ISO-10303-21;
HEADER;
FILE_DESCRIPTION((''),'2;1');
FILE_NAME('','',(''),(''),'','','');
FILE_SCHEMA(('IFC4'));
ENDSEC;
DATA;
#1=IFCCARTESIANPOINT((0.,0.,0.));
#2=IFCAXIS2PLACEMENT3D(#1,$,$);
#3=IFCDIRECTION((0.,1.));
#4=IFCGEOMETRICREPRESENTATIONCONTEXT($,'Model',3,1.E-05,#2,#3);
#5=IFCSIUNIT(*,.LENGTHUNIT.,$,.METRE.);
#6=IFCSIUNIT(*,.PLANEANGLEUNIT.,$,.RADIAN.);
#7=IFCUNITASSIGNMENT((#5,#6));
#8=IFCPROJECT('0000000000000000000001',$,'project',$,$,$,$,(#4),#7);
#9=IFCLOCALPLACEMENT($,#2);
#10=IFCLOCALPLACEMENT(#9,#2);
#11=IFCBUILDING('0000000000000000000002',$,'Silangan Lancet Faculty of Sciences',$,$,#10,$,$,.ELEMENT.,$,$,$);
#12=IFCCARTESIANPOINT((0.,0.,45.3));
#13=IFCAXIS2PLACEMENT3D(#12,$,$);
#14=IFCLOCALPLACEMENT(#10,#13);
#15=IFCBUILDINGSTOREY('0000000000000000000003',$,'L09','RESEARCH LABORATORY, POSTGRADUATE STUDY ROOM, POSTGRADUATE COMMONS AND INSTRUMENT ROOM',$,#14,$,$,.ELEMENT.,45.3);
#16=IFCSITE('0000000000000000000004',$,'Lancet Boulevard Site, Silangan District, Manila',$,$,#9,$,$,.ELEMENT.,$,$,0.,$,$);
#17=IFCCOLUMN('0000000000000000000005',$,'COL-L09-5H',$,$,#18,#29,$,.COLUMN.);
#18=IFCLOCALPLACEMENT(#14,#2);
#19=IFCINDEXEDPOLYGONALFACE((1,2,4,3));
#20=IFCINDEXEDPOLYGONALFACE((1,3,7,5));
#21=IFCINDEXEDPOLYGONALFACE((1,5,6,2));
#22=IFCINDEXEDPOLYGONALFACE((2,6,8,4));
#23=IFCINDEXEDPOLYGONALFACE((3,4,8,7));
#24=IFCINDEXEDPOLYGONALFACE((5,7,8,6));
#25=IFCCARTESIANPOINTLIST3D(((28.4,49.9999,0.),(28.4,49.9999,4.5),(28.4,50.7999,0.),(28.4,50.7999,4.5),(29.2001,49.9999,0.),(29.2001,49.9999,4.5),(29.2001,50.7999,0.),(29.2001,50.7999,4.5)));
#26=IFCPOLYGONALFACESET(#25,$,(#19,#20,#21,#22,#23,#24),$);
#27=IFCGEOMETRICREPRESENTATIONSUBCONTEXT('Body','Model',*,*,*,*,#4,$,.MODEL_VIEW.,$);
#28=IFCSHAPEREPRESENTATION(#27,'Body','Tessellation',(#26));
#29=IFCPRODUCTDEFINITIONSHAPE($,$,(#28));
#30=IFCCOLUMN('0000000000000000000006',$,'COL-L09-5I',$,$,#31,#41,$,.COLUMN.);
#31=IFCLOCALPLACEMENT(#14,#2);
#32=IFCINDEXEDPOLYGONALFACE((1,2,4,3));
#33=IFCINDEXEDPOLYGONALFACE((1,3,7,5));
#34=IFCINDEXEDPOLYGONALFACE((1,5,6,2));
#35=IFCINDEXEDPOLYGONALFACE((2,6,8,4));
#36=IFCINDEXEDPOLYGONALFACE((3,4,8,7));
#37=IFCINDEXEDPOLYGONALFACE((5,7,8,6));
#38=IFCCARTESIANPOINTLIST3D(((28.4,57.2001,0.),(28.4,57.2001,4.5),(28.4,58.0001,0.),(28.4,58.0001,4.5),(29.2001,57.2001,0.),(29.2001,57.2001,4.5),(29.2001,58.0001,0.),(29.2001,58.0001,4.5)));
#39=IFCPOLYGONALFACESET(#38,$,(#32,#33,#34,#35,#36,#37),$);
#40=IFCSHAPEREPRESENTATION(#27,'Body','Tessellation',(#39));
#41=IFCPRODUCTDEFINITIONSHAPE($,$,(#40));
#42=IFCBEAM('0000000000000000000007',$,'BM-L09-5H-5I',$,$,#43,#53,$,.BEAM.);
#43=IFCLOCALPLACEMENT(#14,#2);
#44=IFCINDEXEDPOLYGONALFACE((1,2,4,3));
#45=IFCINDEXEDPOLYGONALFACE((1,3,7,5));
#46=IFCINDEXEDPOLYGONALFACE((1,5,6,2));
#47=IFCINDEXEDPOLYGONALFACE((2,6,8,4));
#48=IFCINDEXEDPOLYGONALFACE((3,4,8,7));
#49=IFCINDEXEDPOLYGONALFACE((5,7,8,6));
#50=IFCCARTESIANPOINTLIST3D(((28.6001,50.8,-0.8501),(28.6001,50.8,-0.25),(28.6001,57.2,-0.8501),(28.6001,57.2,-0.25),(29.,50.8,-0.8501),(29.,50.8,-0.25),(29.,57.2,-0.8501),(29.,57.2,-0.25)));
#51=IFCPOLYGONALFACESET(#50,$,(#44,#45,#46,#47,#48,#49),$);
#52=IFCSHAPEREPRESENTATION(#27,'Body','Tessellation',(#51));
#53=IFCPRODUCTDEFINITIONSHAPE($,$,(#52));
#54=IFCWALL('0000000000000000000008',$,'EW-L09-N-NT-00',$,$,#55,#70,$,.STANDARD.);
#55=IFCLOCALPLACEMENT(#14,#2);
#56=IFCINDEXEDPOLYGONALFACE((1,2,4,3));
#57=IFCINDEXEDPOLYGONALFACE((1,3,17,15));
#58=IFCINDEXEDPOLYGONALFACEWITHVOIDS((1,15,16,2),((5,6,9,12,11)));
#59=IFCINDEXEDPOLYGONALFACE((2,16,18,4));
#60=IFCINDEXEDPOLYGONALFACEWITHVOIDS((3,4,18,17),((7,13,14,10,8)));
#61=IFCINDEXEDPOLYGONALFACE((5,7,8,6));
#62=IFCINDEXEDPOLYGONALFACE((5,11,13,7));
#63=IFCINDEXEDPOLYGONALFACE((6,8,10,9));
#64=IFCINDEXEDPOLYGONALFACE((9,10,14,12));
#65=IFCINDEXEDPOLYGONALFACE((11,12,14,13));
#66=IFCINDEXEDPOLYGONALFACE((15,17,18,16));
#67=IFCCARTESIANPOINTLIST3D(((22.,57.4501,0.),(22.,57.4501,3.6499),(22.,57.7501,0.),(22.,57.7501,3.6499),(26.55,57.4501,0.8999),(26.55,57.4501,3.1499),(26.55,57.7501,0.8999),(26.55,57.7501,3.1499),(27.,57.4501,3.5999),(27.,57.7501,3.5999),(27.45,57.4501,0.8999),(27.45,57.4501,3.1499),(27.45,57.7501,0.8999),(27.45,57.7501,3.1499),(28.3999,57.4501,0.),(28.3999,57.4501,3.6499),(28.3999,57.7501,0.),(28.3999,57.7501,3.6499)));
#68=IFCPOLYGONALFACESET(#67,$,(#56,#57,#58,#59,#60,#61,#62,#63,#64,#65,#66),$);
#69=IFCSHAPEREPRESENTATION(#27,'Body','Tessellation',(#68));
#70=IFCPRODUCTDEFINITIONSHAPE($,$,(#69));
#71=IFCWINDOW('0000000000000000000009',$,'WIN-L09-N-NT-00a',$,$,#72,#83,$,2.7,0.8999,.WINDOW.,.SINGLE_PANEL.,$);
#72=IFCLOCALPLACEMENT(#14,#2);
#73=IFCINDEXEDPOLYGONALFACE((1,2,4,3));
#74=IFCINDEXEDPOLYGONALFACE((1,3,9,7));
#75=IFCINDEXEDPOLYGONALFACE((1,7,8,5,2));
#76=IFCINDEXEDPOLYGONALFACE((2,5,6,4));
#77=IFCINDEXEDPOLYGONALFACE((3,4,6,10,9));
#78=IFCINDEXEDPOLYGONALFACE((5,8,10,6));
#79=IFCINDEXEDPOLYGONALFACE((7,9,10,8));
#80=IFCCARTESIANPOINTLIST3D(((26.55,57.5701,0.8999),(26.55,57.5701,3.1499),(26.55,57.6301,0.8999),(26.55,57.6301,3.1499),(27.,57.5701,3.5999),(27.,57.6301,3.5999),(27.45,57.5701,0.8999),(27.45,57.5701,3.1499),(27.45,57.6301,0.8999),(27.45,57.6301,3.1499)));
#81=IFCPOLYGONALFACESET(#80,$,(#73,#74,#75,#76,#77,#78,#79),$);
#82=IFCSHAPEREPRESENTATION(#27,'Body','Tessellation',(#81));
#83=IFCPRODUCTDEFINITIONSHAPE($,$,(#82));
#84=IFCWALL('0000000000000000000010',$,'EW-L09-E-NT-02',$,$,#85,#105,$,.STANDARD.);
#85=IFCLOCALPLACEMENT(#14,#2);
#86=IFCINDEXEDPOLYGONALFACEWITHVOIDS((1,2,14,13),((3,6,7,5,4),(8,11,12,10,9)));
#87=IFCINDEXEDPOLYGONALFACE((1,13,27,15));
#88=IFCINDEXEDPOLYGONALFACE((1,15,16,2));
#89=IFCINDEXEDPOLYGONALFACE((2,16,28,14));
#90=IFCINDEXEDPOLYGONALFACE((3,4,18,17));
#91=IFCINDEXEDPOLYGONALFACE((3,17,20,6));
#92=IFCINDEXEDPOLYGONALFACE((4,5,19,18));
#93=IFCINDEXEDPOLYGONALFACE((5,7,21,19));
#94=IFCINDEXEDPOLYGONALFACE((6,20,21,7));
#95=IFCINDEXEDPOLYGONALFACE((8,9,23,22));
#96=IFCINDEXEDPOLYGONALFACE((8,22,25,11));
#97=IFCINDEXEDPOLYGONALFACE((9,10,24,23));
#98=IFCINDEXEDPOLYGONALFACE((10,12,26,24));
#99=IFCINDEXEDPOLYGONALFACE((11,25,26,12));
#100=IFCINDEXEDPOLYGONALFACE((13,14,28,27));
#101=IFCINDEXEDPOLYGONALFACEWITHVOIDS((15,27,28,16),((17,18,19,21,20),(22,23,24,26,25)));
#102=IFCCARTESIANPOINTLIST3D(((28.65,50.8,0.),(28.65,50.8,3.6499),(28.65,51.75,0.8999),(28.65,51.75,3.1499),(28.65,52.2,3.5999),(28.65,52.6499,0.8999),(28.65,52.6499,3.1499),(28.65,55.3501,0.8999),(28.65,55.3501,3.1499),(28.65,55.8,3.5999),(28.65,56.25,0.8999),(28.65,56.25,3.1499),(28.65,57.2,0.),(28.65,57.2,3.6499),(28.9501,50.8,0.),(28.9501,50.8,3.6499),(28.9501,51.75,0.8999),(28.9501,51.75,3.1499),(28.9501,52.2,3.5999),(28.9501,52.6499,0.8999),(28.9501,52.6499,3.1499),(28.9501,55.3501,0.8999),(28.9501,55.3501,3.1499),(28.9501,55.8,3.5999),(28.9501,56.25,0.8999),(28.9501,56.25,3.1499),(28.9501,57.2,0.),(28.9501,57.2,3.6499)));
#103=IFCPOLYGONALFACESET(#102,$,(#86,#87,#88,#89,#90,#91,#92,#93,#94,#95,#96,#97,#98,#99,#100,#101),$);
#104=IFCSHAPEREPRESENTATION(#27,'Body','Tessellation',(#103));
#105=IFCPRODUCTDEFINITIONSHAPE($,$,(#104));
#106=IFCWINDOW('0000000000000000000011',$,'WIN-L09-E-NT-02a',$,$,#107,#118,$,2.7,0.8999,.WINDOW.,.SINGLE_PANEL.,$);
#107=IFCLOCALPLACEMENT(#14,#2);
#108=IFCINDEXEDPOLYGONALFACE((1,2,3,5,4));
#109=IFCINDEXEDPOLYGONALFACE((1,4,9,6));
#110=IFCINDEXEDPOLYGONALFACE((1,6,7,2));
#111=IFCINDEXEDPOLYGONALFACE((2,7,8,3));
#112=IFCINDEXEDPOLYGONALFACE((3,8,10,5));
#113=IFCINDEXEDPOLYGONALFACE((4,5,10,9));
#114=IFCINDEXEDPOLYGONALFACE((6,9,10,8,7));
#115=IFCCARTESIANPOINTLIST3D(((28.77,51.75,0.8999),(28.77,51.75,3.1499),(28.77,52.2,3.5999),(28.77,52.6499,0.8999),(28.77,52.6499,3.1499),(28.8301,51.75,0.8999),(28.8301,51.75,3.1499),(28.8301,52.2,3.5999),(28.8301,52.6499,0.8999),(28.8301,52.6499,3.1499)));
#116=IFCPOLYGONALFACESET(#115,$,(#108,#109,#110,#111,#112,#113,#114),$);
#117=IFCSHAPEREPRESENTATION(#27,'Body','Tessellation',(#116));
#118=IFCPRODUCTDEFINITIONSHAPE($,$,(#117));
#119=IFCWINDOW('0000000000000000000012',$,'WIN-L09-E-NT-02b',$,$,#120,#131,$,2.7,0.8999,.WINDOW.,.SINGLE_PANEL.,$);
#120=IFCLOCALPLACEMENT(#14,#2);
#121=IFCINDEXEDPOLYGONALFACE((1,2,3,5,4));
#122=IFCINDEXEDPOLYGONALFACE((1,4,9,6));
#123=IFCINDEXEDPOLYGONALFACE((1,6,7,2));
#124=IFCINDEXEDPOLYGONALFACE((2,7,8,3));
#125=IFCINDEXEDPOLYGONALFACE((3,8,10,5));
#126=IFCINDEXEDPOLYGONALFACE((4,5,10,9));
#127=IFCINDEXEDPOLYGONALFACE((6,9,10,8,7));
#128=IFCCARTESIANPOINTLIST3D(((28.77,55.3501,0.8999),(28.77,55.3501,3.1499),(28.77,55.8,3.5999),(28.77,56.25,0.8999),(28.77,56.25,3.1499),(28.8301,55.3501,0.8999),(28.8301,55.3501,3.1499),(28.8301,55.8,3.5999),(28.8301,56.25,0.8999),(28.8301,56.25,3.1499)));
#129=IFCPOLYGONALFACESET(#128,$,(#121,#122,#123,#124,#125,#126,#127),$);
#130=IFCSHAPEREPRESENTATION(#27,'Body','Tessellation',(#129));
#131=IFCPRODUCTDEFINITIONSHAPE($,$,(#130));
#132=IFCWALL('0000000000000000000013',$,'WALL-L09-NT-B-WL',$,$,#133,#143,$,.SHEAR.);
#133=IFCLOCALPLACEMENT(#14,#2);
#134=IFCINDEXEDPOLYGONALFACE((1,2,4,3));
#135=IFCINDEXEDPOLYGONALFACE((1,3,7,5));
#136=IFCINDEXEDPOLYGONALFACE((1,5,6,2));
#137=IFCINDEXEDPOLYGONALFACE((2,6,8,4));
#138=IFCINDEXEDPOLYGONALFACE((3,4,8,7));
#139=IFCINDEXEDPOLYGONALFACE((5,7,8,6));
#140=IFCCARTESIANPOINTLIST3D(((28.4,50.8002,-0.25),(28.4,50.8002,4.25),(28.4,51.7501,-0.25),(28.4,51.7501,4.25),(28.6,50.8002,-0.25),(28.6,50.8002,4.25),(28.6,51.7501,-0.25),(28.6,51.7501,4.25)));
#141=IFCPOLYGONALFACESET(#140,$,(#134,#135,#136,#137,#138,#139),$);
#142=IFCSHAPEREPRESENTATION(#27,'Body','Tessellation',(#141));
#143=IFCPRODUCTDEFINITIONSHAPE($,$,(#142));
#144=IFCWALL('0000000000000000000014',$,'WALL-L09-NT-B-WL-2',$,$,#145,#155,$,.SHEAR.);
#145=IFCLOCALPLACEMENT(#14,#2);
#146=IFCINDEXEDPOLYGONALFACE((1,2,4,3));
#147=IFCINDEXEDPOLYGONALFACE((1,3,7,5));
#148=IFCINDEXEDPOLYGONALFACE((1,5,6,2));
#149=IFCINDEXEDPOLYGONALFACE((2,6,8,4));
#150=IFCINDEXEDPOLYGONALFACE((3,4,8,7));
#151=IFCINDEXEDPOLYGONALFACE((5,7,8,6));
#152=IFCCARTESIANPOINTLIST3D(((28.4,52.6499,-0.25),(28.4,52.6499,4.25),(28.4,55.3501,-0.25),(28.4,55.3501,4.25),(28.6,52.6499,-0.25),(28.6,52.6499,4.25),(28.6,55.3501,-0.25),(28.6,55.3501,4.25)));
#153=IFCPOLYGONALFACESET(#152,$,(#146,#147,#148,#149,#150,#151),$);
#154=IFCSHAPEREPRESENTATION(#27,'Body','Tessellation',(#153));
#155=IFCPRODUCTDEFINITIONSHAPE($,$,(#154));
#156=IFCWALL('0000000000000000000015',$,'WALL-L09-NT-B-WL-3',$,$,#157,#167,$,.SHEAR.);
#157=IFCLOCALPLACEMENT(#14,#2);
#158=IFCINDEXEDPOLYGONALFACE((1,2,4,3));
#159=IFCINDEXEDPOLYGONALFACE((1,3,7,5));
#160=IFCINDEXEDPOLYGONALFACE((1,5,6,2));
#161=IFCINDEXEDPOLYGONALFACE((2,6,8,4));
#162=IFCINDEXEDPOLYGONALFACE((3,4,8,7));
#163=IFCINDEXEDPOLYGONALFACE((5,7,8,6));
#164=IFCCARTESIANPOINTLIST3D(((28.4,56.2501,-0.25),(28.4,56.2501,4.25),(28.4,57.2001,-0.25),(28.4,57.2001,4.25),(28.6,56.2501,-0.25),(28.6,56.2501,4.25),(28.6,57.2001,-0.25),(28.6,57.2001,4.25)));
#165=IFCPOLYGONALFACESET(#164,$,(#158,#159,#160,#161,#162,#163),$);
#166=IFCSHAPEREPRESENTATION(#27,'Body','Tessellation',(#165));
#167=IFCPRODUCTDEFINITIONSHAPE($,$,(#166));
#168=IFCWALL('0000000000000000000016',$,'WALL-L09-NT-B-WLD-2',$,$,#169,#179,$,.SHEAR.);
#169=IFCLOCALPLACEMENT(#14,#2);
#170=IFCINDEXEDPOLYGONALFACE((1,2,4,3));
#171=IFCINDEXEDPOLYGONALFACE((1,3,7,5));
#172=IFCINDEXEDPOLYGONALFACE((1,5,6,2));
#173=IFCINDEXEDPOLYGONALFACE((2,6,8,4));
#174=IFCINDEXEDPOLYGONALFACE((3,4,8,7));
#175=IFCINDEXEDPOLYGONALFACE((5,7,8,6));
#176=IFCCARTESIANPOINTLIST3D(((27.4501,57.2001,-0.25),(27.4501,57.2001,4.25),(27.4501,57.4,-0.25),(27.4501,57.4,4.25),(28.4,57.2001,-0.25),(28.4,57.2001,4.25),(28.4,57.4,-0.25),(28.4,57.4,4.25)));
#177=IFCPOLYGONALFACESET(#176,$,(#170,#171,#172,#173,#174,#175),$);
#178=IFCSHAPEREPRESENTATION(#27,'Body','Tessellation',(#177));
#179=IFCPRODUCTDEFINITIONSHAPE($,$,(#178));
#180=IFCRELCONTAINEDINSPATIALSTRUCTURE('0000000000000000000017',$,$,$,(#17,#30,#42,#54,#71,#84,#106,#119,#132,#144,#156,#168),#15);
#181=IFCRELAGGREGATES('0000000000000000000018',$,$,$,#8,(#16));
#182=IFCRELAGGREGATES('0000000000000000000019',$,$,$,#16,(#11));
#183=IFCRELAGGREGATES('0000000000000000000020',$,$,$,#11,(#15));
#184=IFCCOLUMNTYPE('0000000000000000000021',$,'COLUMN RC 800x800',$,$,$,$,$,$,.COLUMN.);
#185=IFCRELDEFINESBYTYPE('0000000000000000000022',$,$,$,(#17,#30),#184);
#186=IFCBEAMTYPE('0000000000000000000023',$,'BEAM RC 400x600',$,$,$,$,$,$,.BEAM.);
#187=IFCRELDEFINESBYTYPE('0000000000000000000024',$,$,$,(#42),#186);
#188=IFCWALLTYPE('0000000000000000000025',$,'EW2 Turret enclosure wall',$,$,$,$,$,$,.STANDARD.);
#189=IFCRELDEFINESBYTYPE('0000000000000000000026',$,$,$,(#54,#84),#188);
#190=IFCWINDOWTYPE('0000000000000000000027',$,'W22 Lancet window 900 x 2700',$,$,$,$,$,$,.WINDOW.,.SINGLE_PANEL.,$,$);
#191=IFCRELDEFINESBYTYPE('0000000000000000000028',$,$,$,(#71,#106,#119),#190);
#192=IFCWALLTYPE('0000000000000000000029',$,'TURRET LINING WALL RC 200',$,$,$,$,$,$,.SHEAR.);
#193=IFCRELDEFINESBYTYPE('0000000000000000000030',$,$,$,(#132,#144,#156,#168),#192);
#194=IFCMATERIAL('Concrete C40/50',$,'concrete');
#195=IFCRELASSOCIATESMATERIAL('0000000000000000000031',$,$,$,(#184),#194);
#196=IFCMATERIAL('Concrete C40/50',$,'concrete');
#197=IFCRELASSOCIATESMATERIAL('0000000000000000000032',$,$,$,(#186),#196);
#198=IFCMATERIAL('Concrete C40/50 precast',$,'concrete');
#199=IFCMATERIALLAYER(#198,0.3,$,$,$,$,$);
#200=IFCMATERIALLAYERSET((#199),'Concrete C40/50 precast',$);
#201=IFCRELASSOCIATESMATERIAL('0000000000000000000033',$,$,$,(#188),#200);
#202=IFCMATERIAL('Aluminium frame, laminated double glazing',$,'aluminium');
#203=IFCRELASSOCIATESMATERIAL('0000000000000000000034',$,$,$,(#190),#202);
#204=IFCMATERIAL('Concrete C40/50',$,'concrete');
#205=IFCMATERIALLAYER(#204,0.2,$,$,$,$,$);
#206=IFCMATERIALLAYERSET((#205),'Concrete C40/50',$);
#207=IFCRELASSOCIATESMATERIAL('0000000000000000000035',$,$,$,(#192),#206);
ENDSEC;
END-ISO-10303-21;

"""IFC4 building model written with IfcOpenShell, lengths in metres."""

from ifc_helpers import new_model, si_unit, direction, frame, frame_2d, origin, origin_2d, place, context, subcontext, project, spatial, polyline, rectangle, outline, extrude, material, layer, layer_set, material_profile, profile_set, type_object, element, fill, save


model = new_model("IFC4")

# Units and contexts
model_context = context("Model", 3, precision=1e-05, world=origin(), true_north=direction((0.0, 1.0)))
body_context = subcontext(model_context, "Body", "Model", "MODEL_VIEW")
ifc_project = project(units=[si_unit("LENGTHUNIT", "METRE"), si_unit("PLANEANGLEUNIT", "RADIAN")], contexts=[model_context])

# Site, building, storey
site_placement = place(None, origin())
site = spatial("IfcSite", under=ifc_project, at=site_placement, Name="Lancet Boulevard Site, Silangan District, Manila", CompositionType="ELEMENT", RefElevation=0.0)
building_placement = place(site_placement, origin())
building = spatial("IfcBuilding", under=site, at=building_placement, Name="Silangan Lancet Faculty of Sciences", CompositionType="ELEMENT")
storey_placement = place(building_placement, frame((0.0, 0.0, 45.3)))
storey = spatial("IfcBuildingStorey", under=building, at=storey_placement, Name="L09", Description="RESEARCH LABORATORY, POSTGRADUATE STUDY ROOM, POSTGRADUATE COMMONS AND INSTRUMENT ROOM", CompositionType="ELEMENT", Elevation=45.3)

# Columns
ifc_material_1 = material(Name="Concrete C40/50", Category="concrete")
ifc_material_profile_1 = material_profile(ifc_material_1, rectangle(XDim=0.8, YDim=0.8, at=origin_2d()), Name="RC 800x800")
ifc_profile_set_1 = profile_set([ifc_material_profile_1], Name="Concrete C40/50")
column_type = type_object("IfcColumnType", Name="COLUMN RC 800x800", PredefinedType="COLUMN", material=ifc_profile_set_1)
for number, where, z_axis, x_axis, name in (
    (1, (28.8, 50.3999, 0.0), (0.0, 0.0, 1.0), (1.0, 0.0, 0.0), "COL-L09-5H"),
    (2, (28.8, 57.6001, 0.0), (0.0, 0.0, 1.0), (1.0, 0.0, 0.0), "COL-L09-5I"),
):
    element("IfcColumn", number, at=place(storey_placement, frame(where, z_axis=z_axis, x_axis=x_axis)), inside=storey, type_object=column_type, Name=name, PredefinedType="COLUMN", context=body_context, shape_type="SweptSolid", body=[
        extrude(rectangle(XDim=0.8, YDim=0.8, at=origin_2d()), origin(), (0.0, 0.0, 1.0), 4.5),
    ])

# Beam
ifc_material_2 = material(Name="Concrete C40/50", Category="concrete")
ifc_material_profile_2 = material_profile(ifc_material_2, rectangle(XDim=0.3999, YDim=0.6001, at=origin_2d()), Name="RC 400x600")
ifc_profile_set_2 = profile_set([ifc_material_profile_2], Name="Concrete C40/50")
beam_type = type_object("IfcBeamType", Name="BEAM RC 400x600", PredefinedType="BEAM", material=ifc_profile_set_2)
beam_placement = place(storey_placement, frame((28.8, 50.8, -0.55), z_axis=(0.0, 1.0, 0.0), x_axis=(-1.0, 0.0, 0.0)))
element("IfcBeam", 3, at=beam_placement, inside=storey, type_object=beam_type, Name="BM-L09-5H-5I", PredefinedType="BEAM", context=body_context, shape_type="SweptSolid", body=[
    extrude(rectangle(XDim=0.3999, YDim=0.6001, at=origin_2d()), origin(), (0.0, 0.0, 1.0), 6.3999),
])

# Wall, opening, window
ifc_material_3 = material(Name="Concrete C40/50 precast", Category="concrete")
ifc_layer_1 = layer(ifc_material_3, 0.3)
ifc_layer_set_1 = layer_set([ifc_layer_1], Name="Concrete C40/50 precast")
wall_type_1 = type_object("IfcWallType", Name="EW2 Turret enclosure wall", PredefinedType="STANDARD", material=ifc_layer_set_1)
wall_1_placement = place(storey_placement, frame((28.3999, 57.6001, 0.0), z_axis=(0.0, 0.0, 1.0), x_axis=(-1.0, 0.0, 0.0)))
wall_1 = element("IfcWall", 4, at=wall_1_placement, inside=storey, type_object=wall_type_1, Name="EW-L09-N-NT-00", PredefinedType="STANDARD", context=body_context, shape_type="SweptSolid", body=[
    extrude(rectangle(XDim=6.3999, YDim=0.3, at=frame_2d((3.2, 0.0))), origin(), (0.0, 0.0, 1.0), 3.6499),
])
opening_1_placement = place(wall_1_placement, frame((0.95, 0.0, 0.8999)))
opening_1 = element("IfcOpeningElement", 5, at=opening_1_placement, cuts=wall_1, PredefinedType="OPENING", context=body_context, shape_type="SweptSolid", body=[
    extrude(outline(polyline([(0.0, 0.0), (0.8999, 0.0), (0.8999, 2.25), (0.45, 2.7), (0.0, 2.25), (0.0, 0.0)])), frame((0.0, 0.1599, 0.0), z_axis=(0.0, -1.0, 0.0), x_axis=(1.0, 0.0, 0.0)), (0.0, 0.0, 1.0), 0.3201),
])
ifc_material_4 = material(Name="Aluminium frame, laminated double glazing", Category="aluminium")
window_type = type_object("IfcWindowType", Name="W22 Lancet window 900 x 2700", PartitioningType="SINGLE_PANEL", PredefinedType="WINDOW", material=ifc_material_4)
window_1_placement = place(opening_1_placement, origin())
window_1 = element("IfcWindow", 6, at=window_1_placement, inside=storey, type_object=window_type, Name="WIN-L09-N-NT-00a", OverallHeight=2.7, OverallWidth=0.8999, PartitioningType="SINGLE_PANEL", PredefinedType="WINDOW", context=body_context, shape_type="SweptSolid", body=[
    extrude(outline(polyline([(0.0, 0.0), (0.8999, 0.0), (0.8999, 2.25), (0.45, 2.7), (0.0, 2.25), (0.0, 0.0)])), frame((0.0, 0.03, 0.0), z_axis=(0.0, -1.0, 0.0), x_axis=(1.0, 0.0, 0.0)), (0.0, 0.0, 1.0), 0.0601),
])
fill(opening_1, window_1)

# Wall, openings, windows
wall_2_placement = place(storey_placement, frame((28.8, 50.8, 0.0), z_axis=(0.0, 0.0, 1.0), x_axis=(0.0, 1.0, 0.0)))
wall_2 = element("IfcWall", 7, at=wall_2_placement, inside=storey, type_object=wall_type_1, Name="EW-L09-E-NT-02", PredefinedType="STANDARD", context=body_context, shape_type="SweptSolid", body=[
    extrude(rectangle(XDim=6.3999, YDim=0.3, at=frame_2d((3.2, 0.0))), origin(), (0.0, 0.0, 1.0), 3.6499),
])
opening_2_placement = place(wall_2_placement, frame((0.95, 0.0, 0.8999)))
opening_2 = element("IfcOpeningElement", 8, at=opening_2_placement, cuts=wall_2, PredefinedType="OPENING", context=body_context, shape_type="SweptSolid", body=[
    extrude(outline(polyline([(0.0, 0.0), (0.8999, 0.0), (0.8999, 2.25), (0.45, 2.7), (0.0, 2.25), (0.0, 0.0)])), frame((0.0, 0.1599, 0.0), z_axis=(0.0, -1.0, 0.0), x_axis=(1.0, 0.0, 0.0)), (0.0, 0.0, 1.0), 0.3201),
])
opening_3_placement = place(wall_2_placement, frame((4.55, 0.0, 0.8999)))
opening_3 = element("IfcOpeningElement", 9, at=opening_3_placement, cuts=wall_2, PredefinedType="OPENING", context=body_context, shape_type="SweptSolid", body=[
    extrude(outline(polyline([(0.0, 0.0), (0.8999, 0.0), (0.8999, 2.25), (0.45, 2.7), (0.0, 2.25), (0.0, 0.0)])), frame((0.0, 0.1599, 0.0), z_axis=(0.0, -1.0, 0.0), x_axis=(1.0, 0.0, 0.0)), (0.0, 0.0, 1.0), 0.3201),
])
window_2_placement = place(opening_2_placement, origin())
window_2 = element("IfcWindow", 10, at=window_2_placement, inside=storey, type_object=window_type, Name="WIN-L09-E-NT-02a", OverallHeight=2.7, OverallWidth=0.8999, PartitioningType="SINGLE_PANEL", PredefinedType="WINDOW", context=body_context, shape_type="SweptSolid", body=[
    extrude(outline(polyline([(0.0, 0.0), (0.8999, 0.0), (0.8999, 2.25), (0.45, 2.7), (0.0, 2.25), (0.0, 0.0)])), frame((0.0, 0.03, 0.0), z_axis=(0.0, -1.0, 0.0), x_axis=(1.0, 0.0, 0.0)), (0.0, 0.0, 1.0), 0.0601),
])
fill(opening_2, window_2)
window_3_placement = place(opening_3_placement, origin())
window_3 = element("IfcWindow", 11, at=window_3_placement, inside=storey, type_object=window_type, Name="WIN-L09-E-NT-02b", OverallHeight=2.7, OverallWidth=0.8999, PartitioningType="SINGLE_PANEL", PredefinedType="WINDOW", context=body_context, shape_type="SweptSolid", body=[
    extrude(outline(polyline([(0.0, 0.0), (0.8999, 0.0), (0.8999, 2.25), (0.45, 2.7), (0.0, 2.25), (0.0, 0.0)])), frame((0.0, 0.03, 0.0), z_axis=(0.0, -1.0, 0.0), x_axis=(1.0, 0.0, 0.0)), (0.0, 0.0, 1.0), 0.0601),
])
fill(opening_3, window_3)

# Walls
ifc_material_5 = material(Name="Concrete C40/50", Category="concrete")
ifc_layer_2 = layer(ifc_material_5, 0.2)
ifc_layer_set_2 = layer_set([ifc_layer_2], Name="Concrete C40/50")
wall_type_2 = type_object("IfcWallType", Name="TURRET LINING WALL RC 200", PredefinedType="SHEAR", material=ifc_layer_set_2)
wall_3_placement = place(storey_placement, frame((28.5, 50.8, -0.25), z_axis=(0.0, 0.0, 1.0), x_axis=(0.0, 1.0, 0.0)))
element("IfcWall", 12, at=wall_3_placement, inside=storey, type_object=wall_type_2, Name="WALL-L09-NT-B-WL", PredefinedType="SHEAR", context=body_context, shape_type="SweptSolid", body=[
    extrude(rectangle(XDim=0.95, YDim=0.2, at=frame_2d((0.4751, 0.0))), origin(), (0.0, 0.0, 1.0), 4.5),
])
wall_4_placement = place(storey_placement, frame((28.5, 52.6499, -0.25), z_axis=(0.0, 0.0, 1.0), x_axis=(0.0, 1.0, 0.0)))
element("IfcWall", 13, at=wall_4_placement, inside=storey, type_object=wall_type_2, Name="WALL-L09-NT-B-WL-2", PredefinedType="SHEAR", context=body_context, shape_type="SweptSolid", body=[
    extrude(rectangle(XDim=2.7002, YDim=0.2, at=frame_2d((1.3501, 0.0))), origin(), (0.0, 0.0, 1.0), 4.5),
])
for number, where, z_axis, x_axis, name in (
    (14, (28.5, 56.25, -0.25), (0.0, 0.0, 1.0), (0.0, 1.0, 0.0), "WALL-L09-NT-B-WL-3"),
    (15, (27.45, 57.3, -0.25), (0.0, 0.0, 1.0), (1.0, 0.0, 0.0), "WALL-L09-NT-B-WLD-2"),
):
    element("IfcWall", number, at=place(storey_placement, frame(where, z_axis=z_axis, x_axis=x_axis)), inside=storey, type_object=wall_type_2, Name=name, PredefinedType="SHEAR", context=body_context, shape_type="SweptSolid", body=[
        extrude(rectangle(XDim=0.95, YDim=0.2, at=frame_2d((0.4751, 0.0))), origin(), (0.0, 0.0, 1.0), 4.5),
    ])

save(model, "model.ifc")
